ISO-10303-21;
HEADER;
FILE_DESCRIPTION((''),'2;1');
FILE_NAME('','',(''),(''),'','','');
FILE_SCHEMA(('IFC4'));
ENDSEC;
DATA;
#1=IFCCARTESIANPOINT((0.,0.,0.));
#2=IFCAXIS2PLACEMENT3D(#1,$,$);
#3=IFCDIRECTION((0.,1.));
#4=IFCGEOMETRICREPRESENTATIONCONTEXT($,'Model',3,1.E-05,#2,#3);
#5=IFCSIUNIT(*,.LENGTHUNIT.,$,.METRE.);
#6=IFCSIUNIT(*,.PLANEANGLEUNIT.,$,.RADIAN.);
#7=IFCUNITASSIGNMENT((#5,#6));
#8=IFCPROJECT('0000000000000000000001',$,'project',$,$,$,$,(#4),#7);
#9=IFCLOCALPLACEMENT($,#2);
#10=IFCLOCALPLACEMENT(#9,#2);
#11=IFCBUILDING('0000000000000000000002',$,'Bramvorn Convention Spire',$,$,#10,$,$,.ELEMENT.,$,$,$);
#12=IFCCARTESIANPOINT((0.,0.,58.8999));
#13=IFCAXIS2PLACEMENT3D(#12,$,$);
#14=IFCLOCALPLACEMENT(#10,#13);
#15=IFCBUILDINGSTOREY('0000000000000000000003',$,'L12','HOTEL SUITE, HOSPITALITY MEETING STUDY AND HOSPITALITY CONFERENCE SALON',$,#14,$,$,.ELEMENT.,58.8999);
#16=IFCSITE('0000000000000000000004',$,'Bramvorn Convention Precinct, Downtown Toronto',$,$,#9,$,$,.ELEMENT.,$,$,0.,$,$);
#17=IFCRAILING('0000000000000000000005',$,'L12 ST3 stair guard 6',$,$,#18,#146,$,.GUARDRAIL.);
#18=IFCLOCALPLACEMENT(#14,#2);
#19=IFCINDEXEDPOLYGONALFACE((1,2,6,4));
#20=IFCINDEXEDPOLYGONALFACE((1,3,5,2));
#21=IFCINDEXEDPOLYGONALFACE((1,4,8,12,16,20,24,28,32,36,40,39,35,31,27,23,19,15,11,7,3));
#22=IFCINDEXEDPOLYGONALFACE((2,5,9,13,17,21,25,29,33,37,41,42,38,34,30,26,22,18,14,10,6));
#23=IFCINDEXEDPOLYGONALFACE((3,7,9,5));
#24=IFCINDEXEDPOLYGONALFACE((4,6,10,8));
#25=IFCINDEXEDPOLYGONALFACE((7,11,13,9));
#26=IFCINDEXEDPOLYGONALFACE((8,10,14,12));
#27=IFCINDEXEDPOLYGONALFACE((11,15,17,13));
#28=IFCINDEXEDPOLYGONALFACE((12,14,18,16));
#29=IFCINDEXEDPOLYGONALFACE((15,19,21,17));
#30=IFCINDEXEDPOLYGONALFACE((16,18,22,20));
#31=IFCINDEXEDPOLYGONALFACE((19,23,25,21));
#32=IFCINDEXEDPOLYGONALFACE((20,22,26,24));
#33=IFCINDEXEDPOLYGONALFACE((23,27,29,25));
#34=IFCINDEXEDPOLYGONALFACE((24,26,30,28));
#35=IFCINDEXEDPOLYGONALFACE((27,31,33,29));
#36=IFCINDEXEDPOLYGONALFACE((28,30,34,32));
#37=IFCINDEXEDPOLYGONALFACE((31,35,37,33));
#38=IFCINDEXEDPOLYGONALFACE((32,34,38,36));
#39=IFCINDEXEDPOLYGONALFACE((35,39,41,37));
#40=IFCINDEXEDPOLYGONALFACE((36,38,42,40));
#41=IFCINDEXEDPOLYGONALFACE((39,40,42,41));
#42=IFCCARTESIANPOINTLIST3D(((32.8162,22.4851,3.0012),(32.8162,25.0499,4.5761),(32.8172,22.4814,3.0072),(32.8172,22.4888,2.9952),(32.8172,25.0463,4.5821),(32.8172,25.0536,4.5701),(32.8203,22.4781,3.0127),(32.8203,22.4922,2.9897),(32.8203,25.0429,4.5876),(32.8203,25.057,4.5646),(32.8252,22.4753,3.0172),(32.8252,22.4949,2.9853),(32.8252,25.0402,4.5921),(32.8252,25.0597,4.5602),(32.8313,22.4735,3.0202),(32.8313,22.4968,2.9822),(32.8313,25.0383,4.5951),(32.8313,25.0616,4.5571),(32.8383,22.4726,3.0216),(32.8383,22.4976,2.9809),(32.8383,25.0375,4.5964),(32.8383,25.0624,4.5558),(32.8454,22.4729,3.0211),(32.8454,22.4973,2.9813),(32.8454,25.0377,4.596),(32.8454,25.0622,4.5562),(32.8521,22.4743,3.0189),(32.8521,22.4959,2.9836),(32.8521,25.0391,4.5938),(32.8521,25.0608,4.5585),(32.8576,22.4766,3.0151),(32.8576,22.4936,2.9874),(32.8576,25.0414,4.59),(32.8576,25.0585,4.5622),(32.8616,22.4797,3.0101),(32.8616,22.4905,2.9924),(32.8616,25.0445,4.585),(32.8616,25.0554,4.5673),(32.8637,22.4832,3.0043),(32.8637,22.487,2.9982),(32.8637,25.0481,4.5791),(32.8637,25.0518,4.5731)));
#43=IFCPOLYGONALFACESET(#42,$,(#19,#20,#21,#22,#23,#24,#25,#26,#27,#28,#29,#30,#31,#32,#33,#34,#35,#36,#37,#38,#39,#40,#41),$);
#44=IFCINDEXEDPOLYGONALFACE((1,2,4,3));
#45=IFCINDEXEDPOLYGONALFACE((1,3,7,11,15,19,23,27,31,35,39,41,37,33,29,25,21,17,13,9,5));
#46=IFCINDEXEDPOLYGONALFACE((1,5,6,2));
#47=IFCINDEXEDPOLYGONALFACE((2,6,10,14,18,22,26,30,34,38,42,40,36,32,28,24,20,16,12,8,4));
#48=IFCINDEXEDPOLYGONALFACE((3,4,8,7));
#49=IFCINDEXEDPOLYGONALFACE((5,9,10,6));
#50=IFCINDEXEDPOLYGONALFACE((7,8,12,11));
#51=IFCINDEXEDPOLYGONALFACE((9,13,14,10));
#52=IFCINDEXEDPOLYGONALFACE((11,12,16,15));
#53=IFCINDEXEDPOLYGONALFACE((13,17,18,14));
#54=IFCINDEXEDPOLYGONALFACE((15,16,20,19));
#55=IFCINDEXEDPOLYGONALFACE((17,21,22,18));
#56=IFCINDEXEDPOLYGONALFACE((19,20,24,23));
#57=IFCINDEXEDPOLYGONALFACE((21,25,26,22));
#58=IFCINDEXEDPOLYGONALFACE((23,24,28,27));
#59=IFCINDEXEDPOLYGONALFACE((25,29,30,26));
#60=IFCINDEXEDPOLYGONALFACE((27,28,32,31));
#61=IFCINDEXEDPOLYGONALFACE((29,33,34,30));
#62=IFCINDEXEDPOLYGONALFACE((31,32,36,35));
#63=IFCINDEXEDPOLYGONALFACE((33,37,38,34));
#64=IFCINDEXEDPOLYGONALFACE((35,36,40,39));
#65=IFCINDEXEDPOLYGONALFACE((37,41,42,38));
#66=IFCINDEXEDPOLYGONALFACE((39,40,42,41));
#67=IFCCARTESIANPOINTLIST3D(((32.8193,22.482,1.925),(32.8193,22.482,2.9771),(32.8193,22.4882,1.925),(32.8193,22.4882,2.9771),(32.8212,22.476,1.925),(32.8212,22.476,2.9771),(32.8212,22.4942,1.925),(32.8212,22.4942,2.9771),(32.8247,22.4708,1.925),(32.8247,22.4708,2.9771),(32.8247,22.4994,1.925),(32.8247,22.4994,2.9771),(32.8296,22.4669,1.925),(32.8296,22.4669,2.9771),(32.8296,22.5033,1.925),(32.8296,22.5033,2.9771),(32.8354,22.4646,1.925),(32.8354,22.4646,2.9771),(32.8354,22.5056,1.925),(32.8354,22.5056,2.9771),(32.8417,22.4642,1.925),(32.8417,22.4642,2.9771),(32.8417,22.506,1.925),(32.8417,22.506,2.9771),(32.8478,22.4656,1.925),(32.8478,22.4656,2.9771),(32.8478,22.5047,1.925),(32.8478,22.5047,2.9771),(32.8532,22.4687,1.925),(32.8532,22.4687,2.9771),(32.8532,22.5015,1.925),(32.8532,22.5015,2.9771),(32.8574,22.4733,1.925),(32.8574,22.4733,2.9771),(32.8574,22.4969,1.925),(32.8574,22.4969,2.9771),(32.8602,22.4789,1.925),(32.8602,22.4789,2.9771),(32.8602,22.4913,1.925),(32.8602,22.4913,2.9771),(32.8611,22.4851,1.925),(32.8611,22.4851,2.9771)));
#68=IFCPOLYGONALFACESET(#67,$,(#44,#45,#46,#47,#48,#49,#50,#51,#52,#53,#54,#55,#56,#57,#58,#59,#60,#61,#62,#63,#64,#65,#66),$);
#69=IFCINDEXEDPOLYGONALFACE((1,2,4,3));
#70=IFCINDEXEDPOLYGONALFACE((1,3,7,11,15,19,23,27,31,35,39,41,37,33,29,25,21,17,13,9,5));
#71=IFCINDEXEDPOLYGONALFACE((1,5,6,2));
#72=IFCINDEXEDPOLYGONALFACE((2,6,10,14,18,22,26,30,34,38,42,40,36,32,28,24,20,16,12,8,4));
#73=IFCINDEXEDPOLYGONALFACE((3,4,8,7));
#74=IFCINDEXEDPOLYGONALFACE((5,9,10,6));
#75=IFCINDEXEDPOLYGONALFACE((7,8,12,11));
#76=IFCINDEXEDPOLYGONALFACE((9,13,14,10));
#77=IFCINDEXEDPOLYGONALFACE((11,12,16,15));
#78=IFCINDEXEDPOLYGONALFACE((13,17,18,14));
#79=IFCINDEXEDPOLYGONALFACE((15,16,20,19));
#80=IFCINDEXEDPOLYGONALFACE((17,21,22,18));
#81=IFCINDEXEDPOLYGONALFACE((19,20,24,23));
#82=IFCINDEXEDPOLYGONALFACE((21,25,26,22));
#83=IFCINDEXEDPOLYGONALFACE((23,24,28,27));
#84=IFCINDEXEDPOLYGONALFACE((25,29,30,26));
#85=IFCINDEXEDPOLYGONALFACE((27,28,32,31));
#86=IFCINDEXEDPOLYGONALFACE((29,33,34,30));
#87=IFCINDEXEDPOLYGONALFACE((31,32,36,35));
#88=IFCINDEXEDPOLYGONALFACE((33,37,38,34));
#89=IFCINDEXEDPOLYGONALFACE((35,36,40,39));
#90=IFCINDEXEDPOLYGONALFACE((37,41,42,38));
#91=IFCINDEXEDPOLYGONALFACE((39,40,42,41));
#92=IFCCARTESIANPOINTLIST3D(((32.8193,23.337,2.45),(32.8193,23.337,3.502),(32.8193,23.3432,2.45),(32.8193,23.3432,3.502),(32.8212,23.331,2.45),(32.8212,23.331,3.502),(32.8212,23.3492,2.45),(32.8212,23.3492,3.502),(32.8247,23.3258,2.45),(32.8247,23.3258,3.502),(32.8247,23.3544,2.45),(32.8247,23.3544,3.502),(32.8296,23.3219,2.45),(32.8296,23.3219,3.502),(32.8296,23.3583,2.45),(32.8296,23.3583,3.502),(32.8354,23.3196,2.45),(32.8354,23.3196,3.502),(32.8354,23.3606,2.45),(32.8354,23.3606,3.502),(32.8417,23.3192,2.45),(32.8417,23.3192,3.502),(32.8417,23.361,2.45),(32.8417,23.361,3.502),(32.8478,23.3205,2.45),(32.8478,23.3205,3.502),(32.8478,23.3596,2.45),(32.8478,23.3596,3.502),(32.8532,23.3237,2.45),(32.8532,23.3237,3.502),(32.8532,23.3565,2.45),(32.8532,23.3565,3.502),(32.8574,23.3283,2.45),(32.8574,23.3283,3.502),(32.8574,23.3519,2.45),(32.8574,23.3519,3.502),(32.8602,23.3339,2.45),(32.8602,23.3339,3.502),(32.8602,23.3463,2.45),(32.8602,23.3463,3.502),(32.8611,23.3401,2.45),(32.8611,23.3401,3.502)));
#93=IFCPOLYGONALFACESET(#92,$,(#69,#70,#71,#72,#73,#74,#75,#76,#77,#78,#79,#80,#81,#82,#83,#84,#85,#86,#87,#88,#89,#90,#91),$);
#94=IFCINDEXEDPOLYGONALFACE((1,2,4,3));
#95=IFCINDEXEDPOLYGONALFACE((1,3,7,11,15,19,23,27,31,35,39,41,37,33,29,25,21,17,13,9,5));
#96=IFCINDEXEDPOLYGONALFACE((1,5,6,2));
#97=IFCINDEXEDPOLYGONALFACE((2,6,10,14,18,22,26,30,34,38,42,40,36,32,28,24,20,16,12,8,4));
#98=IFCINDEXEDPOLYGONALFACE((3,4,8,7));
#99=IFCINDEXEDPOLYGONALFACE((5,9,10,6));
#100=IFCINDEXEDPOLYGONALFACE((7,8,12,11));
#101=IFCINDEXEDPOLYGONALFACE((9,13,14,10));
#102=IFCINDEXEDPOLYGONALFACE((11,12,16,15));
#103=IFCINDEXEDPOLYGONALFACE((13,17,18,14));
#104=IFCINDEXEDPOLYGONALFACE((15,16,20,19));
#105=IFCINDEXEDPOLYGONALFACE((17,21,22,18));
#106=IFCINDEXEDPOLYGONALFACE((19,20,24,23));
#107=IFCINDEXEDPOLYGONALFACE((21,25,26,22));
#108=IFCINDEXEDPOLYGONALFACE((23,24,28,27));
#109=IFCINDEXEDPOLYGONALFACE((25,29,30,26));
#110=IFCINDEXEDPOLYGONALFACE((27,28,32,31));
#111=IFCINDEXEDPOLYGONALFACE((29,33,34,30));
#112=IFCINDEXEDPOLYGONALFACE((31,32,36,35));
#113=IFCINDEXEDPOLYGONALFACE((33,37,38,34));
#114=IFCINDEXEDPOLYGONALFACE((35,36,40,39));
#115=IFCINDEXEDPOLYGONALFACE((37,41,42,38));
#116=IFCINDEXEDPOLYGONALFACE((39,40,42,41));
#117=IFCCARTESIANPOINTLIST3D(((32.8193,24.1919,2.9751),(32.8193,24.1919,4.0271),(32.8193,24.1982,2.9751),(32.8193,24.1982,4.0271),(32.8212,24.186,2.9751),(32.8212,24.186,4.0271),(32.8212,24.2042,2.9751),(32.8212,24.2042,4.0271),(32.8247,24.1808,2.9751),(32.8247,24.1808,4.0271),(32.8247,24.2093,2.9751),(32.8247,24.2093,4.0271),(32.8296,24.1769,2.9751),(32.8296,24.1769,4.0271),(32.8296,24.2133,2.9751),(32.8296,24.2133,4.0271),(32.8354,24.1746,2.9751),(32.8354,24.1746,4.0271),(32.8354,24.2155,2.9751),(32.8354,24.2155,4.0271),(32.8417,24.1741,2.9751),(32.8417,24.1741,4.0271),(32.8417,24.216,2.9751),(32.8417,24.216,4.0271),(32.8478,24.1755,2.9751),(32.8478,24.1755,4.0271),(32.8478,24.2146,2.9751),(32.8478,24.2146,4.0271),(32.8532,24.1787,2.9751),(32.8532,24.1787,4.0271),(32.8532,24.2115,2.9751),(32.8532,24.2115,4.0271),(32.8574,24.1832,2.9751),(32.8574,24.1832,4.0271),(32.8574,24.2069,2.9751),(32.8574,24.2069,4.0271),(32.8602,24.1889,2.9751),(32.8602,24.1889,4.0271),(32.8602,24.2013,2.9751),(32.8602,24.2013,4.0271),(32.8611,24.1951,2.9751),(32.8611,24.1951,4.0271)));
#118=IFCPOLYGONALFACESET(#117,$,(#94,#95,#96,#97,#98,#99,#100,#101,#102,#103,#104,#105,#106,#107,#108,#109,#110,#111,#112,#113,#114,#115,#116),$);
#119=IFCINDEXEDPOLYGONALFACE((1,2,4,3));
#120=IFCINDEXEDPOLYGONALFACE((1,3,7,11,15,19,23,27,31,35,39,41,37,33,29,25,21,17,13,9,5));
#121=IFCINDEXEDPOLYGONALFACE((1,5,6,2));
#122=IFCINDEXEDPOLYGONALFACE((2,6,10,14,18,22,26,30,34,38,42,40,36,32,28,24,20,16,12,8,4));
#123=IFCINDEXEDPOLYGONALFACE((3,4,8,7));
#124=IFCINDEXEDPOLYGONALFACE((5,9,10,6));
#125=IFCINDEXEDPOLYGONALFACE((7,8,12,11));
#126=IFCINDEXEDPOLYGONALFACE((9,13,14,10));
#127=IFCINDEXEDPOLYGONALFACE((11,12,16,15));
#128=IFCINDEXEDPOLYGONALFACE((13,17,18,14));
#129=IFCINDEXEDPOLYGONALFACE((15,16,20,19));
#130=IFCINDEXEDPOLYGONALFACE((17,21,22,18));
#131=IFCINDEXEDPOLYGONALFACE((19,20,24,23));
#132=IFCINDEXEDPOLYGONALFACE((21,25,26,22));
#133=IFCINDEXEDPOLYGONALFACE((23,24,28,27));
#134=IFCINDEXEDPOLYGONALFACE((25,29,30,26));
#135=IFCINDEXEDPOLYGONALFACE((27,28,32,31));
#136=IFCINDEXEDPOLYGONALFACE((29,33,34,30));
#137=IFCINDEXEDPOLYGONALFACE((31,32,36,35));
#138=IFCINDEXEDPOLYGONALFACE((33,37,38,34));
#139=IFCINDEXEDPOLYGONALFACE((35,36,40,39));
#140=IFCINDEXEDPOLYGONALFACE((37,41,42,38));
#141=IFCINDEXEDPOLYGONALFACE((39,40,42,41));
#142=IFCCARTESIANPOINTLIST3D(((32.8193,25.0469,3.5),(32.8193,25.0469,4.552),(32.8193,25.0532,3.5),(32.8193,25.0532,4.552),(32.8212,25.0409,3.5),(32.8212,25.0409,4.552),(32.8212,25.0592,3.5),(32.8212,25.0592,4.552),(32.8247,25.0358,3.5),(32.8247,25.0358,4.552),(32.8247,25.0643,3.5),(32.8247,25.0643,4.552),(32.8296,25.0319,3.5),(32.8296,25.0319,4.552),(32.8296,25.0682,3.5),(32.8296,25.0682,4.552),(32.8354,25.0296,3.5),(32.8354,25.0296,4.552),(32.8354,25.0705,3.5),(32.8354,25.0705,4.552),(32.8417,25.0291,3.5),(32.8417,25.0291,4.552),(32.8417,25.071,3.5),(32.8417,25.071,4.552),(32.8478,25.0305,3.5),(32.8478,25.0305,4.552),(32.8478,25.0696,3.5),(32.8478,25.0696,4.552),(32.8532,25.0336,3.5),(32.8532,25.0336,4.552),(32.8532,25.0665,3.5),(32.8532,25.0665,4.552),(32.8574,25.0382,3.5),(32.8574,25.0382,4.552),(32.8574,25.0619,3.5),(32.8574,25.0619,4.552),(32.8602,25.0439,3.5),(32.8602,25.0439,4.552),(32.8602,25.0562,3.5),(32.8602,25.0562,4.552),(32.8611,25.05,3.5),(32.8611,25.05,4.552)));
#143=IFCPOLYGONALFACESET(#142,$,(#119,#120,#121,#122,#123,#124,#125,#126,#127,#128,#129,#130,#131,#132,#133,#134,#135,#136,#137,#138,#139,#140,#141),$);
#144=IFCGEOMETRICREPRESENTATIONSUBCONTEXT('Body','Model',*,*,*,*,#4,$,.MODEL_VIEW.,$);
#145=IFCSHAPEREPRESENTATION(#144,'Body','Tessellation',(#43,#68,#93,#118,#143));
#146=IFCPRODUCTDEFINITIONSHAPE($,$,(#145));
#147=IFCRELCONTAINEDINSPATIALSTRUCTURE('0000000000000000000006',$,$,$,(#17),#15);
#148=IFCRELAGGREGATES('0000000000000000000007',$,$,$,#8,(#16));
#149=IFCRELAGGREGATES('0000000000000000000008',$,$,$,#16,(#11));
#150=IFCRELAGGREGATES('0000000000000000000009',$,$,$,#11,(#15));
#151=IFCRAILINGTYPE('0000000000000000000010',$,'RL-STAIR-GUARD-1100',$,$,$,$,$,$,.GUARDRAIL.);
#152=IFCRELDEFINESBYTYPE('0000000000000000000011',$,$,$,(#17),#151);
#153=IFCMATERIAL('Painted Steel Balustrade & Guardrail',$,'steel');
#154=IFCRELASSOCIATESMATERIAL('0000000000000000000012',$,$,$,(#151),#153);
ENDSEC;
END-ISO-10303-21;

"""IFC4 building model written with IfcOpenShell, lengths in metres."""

from ifc_helpers import new_model, si_unit, direction, frame, origin, origin_2d, place, context, subcontext, project, spatial, circle, extrude, material, type_object, element, save


model = new_model("IFC4")

# Units and contexts
model_context = context("Model", 3, precision=1e-05, world=origin(), true_north=direction((0.0, 1.0)))
body_context = subcontext(model_context, "Body", "Model", "MODEL_VIEW")
ifc_project = project(units=[si_unit("LENGTHUNIT", "METRE"), si_unit("PLANEANGLEUNIT", "RADIAN")], contexts=[model_context])

# Site, building, storey
site_placement = place(None, origin())
site = spatial("IfcSite", under=ifc_project, at=site_placement, Name="Bramvorn Convention Precinct, Downtown Toronto", CompositionType="ELEMENT", RefElevation=0.0)
building_placement = place(site_placement, origin())
building = spatial("IfcBuilding", under=site, at=building_placement, Name="Bramvorn Convention Spire", CompositionType="ELEMENT")
storey_placement = place(building_placement, frame((0.0, 0.0, 58.8999)))
storey = spatial("IfcBuildingStorey", under=building, at=storey_placement, Name="L12", Description="HOTEL SUITE, HOSPITALITY MEETING STUDY AND HOSPITALITY CONFERENCE SALON", CompositionType="ELEMENT", Elevation=58.8999)

# Railing
ifc_material_1 = material(Name="Painted Steel Balustrade & Guardrail", Category="steel")
railing_type_1 = type_object("IfcRailingType", Name="RL-STAIR-GUARD-1100", PredefinedType="GUARDRAIL", material=ifc_material_1)
railing_1_placement = place(storey_placement, frame((32.8401, 22.4851, 1.925)))
element("IfcRailing", 1, at=railing_1_placement, inside=storey, type_object=railing_type_1, Name="L12 ST3 stair guard 6", PredefinedType="GUARDRAIL", context=body_context, shape_type="SweptSolid", body=[
    extrude(circle(Radius=0.0239, at=origin_2d()), frame((0.0, 0.0, 1.0762), z_axis=(0.0, 0.852173, 0.52326), x_axis=(-1.0, 0.0, 0.0)), (0.0, 0.0, 1.0), 3.0098),
    extrude(circle(Radius=0.021, at=origin_2d()), origin(), (0.0, 0.0, 1.0), 1.052),
    extrude(circle(Radius=0.021, at=origin_2d()), frame((0.0, 0.855, 0.5249)), (0.0, 0.0, 1.0), 1.052),
    extrude(circle(Radius=0.021, at=origin_2d()), frame((0.0, 1.71, 1.05)), (0.0, 0.0, 1.0), 1.052),
    extrude(circle(Radius=0.021, at=origin_2d()), frame((0.0, 2.5649, 1.575)), (0.0, 0.0, 1.0), 1.052),
])

save(model, "model.ifc")
